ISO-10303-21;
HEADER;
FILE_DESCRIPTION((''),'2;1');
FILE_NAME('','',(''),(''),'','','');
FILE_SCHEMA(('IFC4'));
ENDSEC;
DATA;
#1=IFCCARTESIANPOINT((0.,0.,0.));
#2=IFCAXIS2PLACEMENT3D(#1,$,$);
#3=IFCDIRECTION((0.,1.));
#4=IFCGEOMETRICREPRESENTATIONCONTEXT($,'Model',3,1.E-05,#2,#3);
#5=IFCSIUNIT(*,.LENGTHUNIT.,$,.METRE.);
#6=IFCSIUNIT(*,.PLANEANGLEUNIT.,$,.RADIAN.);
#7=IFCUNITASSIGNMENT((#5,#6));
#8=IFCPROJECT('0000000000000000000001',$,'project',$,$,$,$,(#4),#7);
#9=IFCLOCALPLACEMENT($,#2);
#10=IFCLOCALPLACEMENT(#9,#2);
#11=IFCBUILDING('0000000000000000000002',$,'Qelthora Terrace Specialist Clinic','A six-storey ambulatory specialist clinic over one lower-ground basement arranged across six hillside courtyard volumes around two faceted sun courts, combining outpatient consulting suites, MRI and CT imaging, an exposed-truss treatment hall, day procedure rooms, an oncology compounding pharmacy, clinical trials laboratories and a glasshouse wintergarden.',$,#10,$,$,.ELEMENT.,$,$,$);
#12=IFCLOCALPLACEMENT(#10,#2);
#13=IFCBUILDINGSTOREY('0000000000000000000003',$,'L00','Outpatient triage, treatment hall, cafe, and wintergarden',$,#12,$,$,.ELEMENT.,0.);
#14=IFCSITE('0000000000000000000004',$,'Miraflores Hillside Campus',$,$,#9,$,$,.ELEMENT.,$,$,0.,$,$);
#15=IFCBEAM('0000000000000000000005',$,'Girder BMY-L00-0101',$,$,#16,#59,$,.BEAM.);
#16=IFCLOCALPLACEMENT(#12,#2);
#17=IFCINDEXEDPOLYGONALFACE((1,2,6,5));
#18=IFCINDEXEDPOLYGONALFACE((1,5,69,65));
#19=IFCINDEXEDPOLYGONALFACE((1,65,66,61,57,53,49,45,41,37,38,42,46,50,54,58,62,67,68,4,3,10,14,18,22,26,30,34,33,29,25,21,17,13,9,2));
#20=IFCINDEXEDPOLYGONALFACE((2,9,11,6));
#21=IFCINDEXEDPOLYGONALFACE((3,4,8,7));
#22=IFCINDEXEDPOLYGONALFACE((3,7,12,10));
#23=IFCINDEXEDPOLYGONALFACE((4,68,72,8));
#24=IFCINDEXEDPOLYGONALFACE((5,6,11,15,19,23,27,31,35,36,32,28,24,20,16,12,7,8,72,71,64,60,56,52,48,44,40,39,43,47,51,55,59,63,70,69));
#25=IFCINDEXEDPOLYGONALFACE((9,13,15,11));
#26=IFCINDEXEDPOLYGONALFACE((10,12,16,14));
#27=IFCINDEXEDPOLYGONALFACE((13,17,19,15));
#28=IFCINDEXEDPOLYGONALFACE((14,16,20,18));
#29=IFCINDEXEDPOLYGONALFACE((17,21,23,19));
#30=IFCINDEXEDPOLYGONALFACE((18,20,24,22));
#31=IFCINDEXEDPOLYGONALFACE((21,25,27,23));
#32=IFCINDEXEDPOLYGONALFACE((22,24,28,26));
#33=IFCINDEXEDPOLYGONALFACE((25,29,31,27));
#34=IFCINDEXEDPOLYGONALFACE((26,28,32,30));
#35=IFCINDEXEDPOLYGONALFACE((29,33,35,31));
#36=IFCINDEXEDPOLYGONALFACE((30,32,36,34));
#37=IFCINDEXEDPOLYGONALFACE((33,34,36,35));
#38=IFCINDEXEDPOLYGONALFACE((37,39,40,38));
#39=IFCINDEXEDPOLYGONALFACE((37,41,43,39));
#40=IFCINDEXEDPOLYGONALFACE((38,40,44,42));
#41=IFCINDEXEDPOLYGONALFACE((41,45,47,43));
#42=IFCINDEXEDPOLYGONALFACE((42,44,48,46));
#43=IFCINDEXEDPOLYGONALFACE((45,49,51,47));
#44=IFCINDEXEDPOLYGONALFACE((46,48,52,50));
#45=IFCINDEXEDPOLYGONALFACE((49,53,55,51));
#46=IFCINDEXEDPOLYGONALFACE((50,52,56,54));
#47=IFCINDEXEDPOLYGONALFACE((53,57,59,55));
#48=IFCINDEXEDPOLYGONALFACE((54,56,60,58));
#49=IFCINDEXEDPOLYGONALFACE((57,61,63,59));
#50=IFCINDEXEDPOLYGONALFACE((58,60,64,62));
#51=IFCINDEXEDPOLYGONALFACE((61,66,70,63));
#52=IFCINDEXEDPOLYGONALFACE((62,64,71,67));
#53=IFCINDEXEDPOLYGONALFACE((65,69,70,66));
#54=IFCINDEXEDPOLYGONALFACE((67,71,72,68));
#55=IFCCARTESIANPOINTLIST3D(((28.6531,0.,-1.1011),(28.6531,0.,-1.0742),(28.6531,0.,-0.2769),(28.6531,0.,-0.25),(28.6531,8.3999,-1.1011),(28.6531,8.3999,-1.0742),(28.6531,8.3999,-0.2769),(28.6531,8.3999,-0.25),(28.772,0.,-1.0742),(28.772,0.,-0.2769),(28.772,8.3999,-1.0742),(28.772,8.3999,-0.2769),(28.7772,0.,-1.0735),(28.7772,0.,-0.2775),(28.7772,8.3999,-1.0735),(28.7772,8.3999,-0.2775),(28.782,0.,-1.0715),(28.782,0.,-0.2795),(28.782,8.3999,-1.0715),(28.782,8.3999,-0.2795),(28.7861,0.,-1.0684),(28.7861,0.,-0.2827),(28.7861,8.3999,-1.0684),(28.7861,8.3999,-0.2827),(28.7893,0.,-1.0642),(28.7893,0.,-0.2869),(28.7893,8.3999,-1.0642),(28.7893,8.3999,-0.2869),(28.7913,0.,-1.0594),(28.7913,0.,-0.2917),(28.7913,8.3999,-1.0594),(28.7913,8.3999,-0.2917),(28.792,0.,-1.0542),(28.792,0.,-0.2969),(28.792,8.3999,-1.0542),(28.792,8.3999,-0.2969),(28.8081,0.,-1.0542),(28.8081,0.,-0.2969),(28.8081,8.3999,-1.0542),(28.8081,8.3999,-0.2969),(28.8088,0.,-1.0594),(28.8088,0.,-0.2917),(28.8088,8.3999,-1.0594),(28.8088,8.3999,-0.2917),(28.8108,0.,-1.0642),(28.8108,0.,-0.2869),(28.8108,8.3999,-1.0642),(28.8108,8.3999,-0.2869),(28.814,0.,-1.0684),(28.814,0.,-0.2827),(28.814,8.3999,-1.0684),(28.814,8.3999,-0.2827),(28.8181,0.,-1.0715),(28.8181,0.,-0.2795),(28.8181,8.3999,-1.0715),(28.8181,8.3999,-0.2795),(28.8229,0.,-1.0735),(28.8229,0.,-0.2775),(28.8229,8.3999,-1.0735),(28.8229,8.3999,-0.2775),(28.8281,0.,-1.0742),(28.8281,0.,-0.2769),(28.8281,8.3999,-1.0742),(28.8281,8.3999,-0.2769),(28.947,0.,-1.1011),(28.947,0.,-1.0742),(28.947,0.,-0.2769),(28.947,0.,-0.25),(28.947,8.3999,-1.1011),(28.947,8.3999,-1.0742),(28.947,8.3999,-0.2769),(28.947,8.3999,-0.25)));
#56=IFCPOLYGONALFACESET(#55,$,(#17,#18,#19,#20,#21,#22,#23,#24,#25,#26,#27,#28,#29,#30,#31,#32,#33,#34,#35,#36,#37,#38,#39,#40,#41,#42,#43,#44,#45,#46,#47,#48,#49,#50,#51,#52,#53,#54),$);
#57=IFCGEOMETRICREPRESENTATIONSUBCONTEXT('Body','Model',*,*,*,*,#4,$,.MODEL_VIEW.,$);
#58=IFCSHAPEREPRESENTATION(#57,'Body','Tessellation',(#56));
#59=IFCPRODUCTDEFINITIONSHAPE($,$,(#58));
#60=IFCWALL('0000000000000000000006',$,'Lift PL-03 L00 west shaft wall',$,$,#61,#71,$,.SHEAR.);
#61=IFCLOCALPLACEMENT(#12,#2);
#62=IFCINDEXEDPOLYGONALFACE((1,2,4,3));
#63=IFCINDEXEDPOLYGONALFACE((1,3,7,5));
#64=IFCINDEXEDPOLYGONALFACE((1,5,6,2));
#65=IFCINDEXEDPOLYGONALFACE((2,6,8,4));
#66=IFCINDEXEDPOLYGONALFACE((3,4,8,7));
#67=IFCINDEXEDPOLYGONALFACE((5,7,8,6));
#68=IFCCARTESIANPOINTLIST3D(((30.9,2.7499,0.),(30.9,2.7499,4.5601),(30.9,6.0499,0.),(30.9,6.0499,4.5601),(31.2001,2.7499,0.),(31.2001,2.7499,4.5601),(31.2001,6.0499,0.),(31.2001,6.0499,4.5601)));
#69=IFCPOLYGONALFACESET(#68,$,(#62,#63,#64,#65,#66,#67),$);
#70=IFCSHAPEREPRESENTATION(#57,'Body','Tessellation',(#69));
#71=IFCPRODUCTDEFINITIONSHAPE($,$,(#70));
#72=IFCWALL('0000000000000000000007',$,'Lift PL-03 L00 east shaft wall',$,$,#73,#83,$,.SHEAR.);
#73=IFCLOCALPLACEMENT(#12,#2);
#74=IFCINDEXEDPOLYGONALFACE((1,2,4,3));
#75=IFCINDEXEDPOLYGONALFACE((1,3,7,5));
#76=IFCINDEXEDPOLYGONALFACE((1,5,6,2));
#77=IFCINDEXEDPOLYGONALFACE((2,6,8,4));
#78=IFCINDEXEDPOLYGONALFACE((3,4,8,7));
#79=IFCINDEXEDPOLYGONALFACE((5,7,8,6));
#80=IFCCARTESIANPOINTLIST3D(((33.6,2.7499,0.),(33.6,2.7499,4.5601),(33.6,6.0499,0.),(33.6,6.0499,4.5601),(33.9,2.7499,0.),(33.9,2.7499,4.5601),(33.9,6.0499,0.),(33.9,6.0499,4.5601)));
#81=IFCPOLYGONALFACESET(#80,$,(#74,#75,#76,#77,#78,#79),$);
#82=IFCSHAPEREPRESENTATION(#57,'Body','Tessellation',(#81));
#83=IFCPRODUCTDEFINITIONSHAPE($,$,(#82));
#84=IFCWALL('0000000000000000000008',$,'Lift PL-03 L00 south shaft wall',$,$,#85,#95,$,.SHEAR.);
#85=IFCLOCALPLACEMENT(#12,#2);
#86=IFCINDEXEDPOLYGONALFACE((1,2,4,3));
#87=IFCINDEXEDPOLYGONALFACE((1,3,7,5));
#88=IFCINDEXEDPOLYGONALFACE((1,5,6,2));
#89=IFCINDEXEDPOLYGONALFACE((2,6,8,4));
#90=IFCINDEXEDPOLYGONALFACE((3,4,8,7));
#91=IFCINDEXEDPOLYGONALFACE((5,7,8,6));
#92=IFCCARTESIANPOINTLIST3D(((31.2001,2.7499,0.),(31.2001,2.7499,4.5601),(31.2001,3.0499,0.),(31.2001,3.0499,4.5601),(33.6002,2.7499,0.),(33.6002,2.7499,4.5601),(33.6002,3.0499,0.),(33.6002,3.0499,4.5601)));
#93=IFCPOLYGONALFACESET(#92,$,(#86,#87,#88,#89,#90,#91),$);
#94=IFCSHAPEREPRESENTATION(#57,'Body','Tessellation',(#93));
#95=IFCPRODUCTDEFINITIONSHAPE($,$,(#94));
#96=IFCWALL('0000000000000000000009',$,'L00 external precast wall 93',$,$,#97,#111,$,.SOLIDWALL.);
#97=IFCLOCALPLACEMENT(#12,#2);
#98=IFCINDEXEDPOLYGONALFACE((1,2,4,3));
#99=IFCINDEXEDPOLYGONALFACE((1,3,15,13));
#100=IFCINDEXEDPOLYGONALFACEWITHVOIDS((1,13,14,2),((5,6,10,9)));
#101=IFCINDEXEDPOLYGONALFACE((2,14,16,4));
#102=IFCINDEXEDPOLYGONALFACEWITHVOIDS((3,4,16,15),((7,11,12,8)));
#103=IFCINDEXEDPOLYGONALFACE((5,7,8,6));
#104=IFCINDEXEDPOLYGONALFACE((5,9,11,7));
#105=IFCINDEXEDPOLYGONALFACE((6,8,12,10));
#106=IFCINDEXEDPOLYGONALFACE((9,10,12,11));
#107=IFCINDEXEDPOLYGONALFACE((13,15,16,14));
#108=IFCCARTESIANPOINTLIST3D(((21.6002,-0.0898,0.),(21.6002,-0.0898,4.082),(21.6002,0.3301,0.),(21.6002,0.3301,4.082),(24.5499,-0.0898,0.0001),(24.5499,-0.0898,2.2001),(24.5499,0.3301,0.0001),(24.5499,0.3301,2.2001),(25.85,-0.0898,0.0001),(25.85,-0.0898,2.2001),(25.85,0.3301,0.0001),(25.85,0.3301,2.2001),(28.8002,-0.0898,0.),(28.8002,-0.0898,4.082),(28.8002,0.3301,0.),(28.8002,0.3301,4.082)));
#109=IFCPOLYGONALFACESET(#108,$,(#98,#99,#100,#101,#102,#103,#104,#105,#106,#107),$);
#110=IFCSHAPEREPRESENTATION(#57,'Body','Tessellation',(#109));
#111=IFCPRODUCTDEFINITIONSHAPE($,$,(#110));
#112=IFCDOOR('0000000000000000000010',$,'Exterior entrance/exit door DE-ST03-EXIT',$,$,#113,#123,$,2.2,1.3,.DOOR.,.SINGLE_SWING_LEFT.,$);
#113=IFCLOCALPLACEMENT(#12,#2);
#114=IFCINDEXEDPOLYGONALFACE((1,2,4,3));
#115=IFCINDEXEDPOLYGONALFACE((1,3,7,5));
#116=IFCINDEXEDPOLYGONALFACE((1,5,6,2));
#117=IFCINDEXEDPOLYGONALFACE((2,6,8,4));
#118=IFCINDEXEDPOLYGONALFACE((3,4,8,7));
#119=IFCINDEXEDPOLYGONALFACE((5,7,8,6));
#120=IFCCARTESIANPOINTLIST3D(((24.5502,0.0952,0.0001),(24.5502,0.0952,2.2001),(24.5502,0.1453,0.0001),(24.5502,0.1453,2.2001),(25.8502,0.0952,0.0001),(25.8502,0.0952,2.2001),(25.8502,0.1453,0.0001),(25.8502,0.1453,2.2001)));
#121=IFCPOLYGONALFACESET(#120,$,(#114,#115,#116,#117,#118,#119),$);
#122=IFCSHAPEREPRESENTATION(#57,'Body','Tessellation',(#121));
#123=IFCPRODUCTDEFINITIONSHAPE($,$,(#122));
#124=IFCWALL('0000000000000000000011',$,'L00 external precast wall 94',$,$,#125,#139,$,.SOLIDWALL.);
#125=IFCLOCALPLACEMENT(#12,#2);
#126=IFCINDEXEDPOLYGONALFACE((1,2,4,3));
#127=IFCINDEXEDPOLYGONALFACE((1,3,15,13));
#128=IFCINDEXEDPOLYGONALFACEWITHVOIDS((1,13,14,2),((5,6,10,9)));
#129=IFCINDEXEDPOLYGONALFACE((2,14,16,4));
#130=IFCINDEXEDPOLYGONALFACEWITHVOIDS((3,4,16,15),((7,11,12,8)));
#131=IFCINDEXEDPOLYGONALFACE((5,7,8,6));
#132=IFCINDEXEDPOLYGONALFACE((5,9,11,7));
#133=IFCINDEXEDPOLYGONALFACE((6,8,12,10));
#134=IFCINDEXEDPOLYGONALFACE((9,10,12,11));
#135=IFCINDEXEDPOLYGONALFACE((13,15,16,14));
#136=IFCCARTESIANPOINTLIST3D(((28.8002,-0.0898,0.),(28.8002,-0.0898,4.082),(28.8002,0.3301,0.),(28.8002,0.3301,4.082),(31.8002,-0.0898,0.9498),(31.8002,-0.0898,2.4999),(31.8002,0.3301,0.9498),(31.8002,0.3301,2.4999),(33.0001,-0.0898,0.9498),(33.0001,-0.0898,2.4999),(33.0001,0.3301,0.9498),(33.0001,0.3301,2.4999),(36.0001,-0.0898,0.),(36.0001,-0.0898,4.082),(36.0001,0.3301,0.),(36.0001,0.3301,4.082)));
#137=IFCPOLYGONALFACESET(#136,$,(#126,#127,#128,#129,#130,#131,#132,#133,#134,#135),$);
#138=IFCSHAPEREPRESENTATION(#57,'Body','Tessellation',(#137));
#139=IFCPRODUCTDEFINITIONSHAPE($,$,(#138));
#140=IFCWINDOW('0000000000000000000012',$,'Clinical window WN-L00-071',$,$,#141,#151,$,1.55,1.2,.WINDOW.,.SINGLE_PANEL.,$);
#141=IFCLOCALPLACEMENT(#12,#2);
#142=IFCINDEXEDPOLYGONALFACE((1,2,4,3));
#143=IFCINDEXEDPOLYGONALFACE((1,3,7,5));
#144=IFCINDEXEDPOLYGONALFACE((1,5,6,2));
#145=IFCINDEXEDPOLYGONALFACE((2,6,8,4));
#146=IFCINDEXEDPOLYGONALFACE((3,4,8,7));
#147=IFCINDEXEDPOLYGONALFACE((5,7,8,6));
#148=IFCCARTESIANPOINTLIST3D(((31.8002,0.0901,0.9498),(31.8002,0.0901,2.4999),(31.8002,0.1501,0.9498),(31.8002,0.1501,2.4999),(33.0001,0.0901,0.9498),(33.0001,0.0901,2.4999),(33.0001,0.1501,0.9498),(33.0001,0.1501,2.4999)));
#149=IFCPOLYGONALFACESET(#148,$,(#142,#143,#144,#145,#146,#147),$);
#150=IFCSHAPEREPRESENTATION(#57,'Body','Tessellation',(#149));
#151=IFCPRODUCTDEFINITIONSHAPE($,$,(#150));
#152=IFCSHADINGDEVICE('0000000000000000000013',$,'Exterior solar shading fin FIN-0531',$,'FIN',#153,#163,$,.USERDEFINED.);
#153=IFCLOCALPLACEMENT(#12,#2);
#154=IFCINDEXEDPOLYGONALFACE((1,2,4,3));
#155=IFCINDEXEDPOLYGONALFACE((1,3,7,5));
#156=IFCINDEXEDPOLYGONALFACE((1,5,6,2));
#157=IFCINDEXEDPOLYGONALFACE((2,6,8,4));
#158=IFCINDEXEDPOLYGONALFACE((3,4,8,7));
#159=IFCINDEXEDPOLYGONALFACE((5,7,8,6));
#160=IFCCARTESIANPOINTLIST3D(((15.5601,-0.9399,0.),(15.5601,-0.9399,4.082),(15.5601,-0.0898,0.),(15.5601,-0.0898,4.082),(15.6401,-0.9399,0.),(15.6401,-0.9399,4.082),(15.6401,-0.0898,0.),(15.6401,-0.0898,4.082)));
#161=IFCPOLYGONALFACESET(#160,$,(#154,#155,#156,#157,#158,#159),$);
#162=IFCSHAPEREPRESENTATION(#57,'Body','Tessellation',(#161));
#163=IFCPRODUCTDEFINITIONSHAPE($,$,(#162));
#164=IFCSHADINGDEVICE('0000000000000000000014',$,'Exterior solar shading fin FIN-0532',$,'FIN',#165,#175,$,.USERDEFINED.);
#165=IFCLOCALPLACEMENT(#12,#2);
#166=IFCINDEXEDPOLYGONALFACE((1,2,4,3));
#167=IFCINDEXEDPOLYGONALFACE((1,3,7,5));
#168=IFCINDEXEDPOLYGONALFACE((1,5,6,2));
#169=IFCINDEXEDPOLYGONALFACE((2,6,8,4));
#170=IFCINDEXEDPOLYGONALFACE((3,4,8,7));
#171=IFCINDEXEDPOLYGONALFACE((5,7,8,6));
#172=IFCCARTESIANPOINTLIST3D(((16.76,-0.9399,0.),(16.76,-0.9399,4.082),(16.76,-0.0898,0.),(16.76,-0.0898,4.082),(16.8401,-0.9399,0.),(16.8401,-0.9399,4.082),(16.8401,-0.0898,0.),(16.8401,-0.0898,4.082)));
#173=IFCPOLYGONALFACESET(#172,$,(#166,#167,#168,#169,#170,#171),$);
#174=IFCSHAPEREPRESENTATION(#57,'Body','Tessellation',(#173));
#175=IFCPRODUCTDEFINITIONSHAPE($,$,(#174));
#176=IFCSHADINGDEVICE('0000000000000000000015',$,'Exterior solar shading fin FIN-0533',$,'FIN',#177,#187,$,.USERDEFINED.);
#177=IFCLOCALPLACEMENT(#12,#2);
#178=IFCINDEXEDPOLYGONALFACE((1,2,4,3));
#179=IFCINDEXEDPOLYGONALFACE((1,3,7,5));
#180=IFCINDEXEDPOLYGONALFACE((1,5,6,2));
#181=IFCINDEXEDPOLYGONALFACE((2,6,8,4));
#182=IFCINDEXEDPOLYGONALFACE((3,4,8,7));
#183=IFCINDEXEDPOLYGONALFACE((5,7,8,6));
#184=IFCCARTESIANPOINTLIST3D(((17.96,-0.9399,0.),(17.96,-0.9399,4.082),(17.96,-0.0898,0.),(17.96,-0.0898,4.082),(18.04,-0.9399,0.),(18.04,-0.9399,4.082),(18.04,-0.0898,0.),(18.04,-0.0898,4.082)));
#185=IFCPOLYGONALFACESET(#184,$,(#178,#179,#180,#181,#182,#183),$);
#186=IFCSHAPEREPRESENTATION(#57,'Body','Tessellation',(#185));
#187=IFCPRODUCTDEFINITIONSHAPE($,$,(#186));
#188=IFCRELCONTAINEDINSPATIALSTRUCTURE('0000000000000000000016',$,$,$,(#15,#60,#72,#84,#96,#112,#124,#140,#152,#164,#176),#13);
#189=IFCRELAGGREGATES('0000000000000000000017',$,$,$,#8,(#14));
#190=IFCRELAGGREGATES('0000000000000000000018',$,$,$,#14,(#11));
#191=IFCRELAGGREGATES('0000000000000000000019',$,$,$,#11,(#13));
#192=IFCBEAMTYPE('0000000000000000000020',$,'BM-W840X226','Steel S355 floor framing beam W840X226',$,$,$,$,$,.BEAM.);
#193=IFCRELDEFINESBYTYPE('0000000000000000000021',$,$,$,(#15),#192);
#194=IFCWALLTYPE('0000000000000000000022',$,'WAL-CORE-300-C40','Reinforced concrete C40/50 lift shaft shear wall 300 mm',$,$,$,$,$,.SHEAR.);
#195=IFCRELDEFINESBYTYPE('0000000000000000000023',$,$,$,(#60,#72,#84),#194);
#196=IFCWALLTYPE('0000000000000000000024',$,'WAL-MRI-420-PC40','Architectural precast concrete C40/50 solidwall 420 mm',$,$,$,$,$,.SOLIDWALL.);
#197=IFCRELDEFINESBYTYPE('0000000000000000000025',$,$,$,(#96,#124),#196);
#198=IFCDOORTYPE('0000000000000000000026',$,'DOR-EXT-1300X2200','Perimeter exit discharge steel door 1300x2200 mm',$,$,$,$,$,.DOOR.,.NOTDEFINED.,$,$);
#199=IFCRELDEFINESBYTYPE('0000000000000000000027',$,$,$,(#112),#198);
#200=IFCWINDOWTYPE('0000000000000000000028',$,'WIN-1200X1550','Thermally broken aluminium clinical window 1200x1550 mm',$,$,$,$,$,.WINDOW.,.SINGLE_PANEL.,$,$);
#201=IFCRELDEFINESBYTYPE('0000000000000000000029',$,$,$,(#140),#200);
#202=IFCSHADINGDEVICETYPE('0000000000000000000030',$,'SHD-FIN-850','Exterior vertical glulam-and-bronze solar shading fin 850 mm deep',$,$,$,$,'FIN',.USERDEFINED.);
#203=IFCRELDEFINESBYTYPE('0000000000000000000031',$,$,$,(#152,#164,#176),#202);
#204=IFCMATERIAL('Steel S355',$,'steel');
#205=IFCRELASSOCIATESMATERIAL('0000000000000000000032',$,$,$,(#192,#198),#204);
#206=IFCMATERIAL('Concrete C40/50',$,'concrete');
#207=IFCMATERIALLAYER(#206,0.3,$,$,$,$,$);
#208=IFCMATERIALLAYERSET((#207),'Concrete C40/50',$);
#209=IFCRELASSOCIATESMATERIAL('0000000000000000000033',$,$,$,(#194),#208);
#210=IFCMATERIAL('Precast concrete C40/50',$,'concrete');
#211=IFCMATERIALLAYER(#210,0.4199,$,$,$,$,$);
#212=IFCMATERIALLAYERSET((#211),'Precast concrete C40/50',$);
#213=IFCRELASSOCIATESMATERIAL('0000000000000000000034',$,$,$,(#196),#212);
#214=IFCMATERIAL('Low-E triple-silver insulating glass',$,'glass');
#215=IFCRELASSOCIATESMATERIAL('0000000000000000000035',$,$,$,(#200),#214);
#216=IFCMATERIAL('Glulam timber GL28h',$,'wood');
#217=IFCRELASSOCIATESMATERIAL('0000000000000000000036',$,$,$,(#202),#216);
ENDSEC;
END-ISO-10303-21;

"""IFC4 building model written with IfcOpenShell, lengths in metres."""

from ifc_helpers import new_model, si_unit, direction, frame, frame_2d, origin, origin_2d, place, context, subcontext, project, spatial, rectangle, i_section, extrude, material, layer, layer_set, material_profile, profile_set, type_object, element, fill, save


model = new_model("IFC4")

# Units and contexts
model_context = context("Model", 3, precision=1e-05, world=origin(), true_north=direction((0.0, 1.0)))
body_context = subcontext(model_context, "Body", "Model", "MODEL_VIEW")
ifc_project = project(units=[si_unit("LENGTHUNIT", "METRE"), si_unit("PLANEANGLEUNIT", "RADIAN")], contexts=[model_context])

# Site, building, storey
site_placement = place(None, origin())
site = spatial("IfcSite", under=ifc_project, at=site_placement, Name="Miraflores Hillside Campus", CompositionType="ELEMENT", RefElevation=0.0)
building_placement = place(site_placement, origin())
building = spatial("IfcBuilding", under=site, at=building_placement, Name="Qelthora Terrace Specialist Clinic", Description="A six-storey ambulatory specialist clinic over one lower-ground basement arranged across six hillside courtyard volumes around two faceted sun courts, combining outpatient consulting suites, MRI and CT imaging, an exposed-truss treatment hall, day procedure rooms, an oncology compounding pharmacy, clinical trials laboratories and a glasshouse wintergarden.", CompositionType="ELEMENT")
storey_placement = place(building_placement, origin())
storey = spatial("IfcBuildingStorey", under=building, at=storey_placement, Name="L00", Description="Outpatient triage, treatment hall, cafe, and wintergarden", CompositionType="ELEMENT", Elevation=0.0)

# Shared definitions
ifc_material_1 = material(Name="Steel S355", Category="steel")

# Beam
ifc_material_profile_1 = material_profile(ifc_material_1, i_section(OverallWidth=0.2939, OverallDepth=0.8511, WebThickness=0.0161, FlangeThickness=0.0269, FilletRadius=0.02, at=origin_2d()), Name="W840X226")
ifc_profile_set_1 = profile_set([ifc_material_profile_1], Name="Steel S355")
beam_type_1 = type_object("IfcBeamType", Name="BM-W840X226", Description="Steel S355 floor framing beam W840X226", PredefinedType="BEAM", material=ifc_profile_set_1)
beam_1_placement = place(storey_placement, frame((28.8, 0.0, -0.6755), z_axis=(0.0, 1.0, 0.0), x_axis=(-1.0, 0.0, 0.0)))
element("IfcBeam", 1, at=beam_1_placement, inside=storey, type_object=beam_type_1, Name="Girder BMY-L00-0101", PredefinedType="BEAM", context=body_context, shape_type="SweptSolid", body=[
    extrude(i_section(OverallWidth=0.2939, OverallDepth=0.8511, WebThickness=0.0161, FlangeThickness=0.0269, FilletRadius=0.02, at=origin_2d()), origin(), (0.0, 0.0, 1.0), 8.3999),
])

# Walls
ifc_material_2 = material(Name="Concrete C40/50", Category="concrete")
ifc_layer_1 = layer(ifc_material_2, 0.3)
ifc_layer_set_1 = layer_set([ifc_layer_1], Name="Concrete C40/50")
wall_type_1 = type_object("IfcWallType", Name="WAL-CORE-300-C40", Description="Reinforced concrete C40/50 lift shaft shear wall 300 mm", PredefinedType="SHEAR", material=ifc_layer_set_1)
for number, where, z_axis, x_axis, name in (
    (2, (31.05, 2.75, 0.0), (0.0, 0.0, 1.0), (0.0, 1.0, 0.0), "Lift PL-03 L00 west shaft wall"),
    (3, (33.75, 2.75, 0.0), (0.0, 0.0, 1.0), (0.0, 1.0, 0.0), "Lift PL-03 L00 east shaft wall"),
):
    element("IfcWall", number, at=place(storey_placement, frame(where, z_axis=z_axis, x_axis=x_axis)), inside=storey, type_object=wall_type_1, Name=name, PredefinedType="SHEAR", context=body_context, shape_type="SweptSolid", body=[
        extrude(rectangle(XDim=3.3, YDim=0.3, at=frame_2d((1.6499, 0.0))), origin(), (0.0, 0.0, 1.0), 4.5601),
    ])

# Wall
wall_1_placement = place(storey_placement, frame((31.2, 2.8999, 0.0), z_axis=(0.0, 0.0, 1.0), x_axis=(1.0, 0.0, 0.0)))
element("IfcWall", 4, at=wall_1_placement, inside=storey, type_object=wall_type_1, Name="Lift PL-03 L00 south shaft wall", PredefinedType="SHEAR", context=body_context, shape_type="SweptSolid", body=[
    extrude(rectangle(XDim=2.4001, YDim=0.3, at=frame_2d((1.2002, 0.0))), origin(), (0.0, 0.0, 1.0), 4.5601),
])

# Wall, opening, door
ifc_material_3 = material(Name="Precast concrete C40/50", Category="concrete")
ifc_layer_2 = layer(ifc_material_3, 0.4199)
ifc_layer_set_2 = layer_set([ifc_layer_2], Name="Precast concrete C40/50")
wall_type_2 = type_object("IfcWallType", Name="WAL-MRI-420-PC40", Description="Architectural precast concrete C40/50 solidwall 420 mm", PredefinedType="SOLIDWALL", material=ifc_layer_set_2)
wall_2_placement = place(storey_placement, frame((21.6001, 0.1201, 0.0), z_axis=(0.0, 0.0, 1.0), x_axis=(1.0, 0.0, 0.0)))
wall_2 = element("IfcWall", 5, at=wall_2_placement, inside=storey, type_object=wall_type_2, Name="L00 external precast wall 93", PredefinedType="SOLIDWALL", context=body_context, shape_type="SweptSolid", body=[
    extrude(rectangle(XDim=7.2, YDim=0.4199, at=frame_2d((3.6001, 0.0))), origin(), (0.0, 0.0, 1.0), 4.082),
])
opening_1_placement = place(wall_2_placement, frame((2.95, 0.0, 0.0)))
opening_1 = element("IfcOpeningElement", 6, at=opening_1_placement, cuts=wall_2, PredefinedType="OPENING", context=body_context, shape_type="SweptSolid", body=[
    extrude(rectangle(XDim=1.3, YDim=2.2, at=frame_2d((0.6499, 1.1001))), frame((0.0, 0.22, 0.0), z_axis=(0.0, -1.0, 0.0), x_axis=(1.0, 0.0, 0.0)), (0.0, 0.0, 1.0), 0.4399),
])
door_type_1 = type_object("IfcDoorType", Name="DOR-EXT-1300X2200", Description="Perimeter exit discharge steel door 1300x2200 mm", OperationType="NOTDEFINED", PredefinedType="DOOR", material=ifc_material_1)
door_1_placement = place(opening_1_placement, frame((1.3, 0.0, 0.0), z_axis=(0.0, 0.0, 1.0), x_axis=(-1.0, 0.0, 0.0)))
door_1 = element("IfcDoor", 7, at=door_1_placement, inside=storey, type_object=door_type_1, Name="Exterior entrance/exit door DE-ST03-EXIT", OperationType="SINGLE_SWING_LEFT", OverallHeight=2.2, OverallWidth=1.3, PredefinedType="DOOR", context=body_context, shape_type="SweptSolid", body=[
    extrude(rectangle(XDim=1.3, YDim=2.2, at=frame_2d((0.6499, 1.1001))), frame((0.0, 0.0249, 0.0), z_axis=(0.0, -1.0, 0.0), x_axis=(1.0, 0.0, 0.0)), (0.0, 0.0, 1.0), 0.05),
])
fill(opening_1, door_1)

# Wall, opening, window
wall_3_placement = place(storey_placement, frame((28.8, 0.1201, 0.0), z_axis=(0.0, 0.0, 1.0), x_axis=(1.0, 0.0, 0.0)))
wall_3 = element("IfcWall", 8, at=wall_3_placement, inside=storey, type_object=wall_type_2, Name="L00 external precast wall 94", PredefinedType="SOLIDWALL", context=body_context, shape_type="SweptSolid", body=[
    extrude(rectangle(XDim=7.2, YDim=0.4199, at=frame_2d((3.6001, 0.0))), origin(), (0.0, 0.0, 1.0), 4.082),
])
opening_2_placement = place(wall_3_placement, frame((3.0, 0.0, 0.95)))
opening_2 = element("IfcOpeningElement", 9, at=opening_2_placement, cuts=wall_3, PredefinedType="OPENING", context=body_context, shape_type="SweptSolid", body=[
    extrude(rectangle(XDim=1.2, YDim=1.55, at=frame_2d((0.6001, 0.7749))), frame((0.0, 0.22, 0.0), z_axis=(0.0, -1.0, 0.0), x_axis=(1.0, 0.0, 0.0)), (0.0, 0.0, 1.0), 0.4399),
])
ifc_material_4 = material(Name="Low-E triple-silver insulating glass", Category="glass")
window_type = type_object("IfcWindowType", Name="WIN-1200X1550", Description="Thermally broken aluminium clinical window 1200x1550 mm", PartitioningType="SINGLE_PANEL", PredefinedType="WINDOW", material=ifc_material_4)
window_placement = place(opening_2_placement, origin())
window = element("IfcWindow", 10, at=window_placement, inside=storey, type_object=window_type, Name="Clinical window WN-L00-071", OverallHeight=1.55, OverallWidth=1.2, PartitioningType="SINGLE_PANEL", PredefinedType="WINDOW", context=body_context, shape_type="SweptSolid", body=[
    extrude(rectangle(XDim=1.2, YDim=1.55, at=frame_2d((0.6001, 0.7749))), frame((0.0, 0.03, 0.0), z_axis=(0.0, -1.0, 0.0), x_axis=(1.0, 0.0, 0.0)), (0.0, 0.0, 1.0), 0.0601),
])
fill(opening_2, window)

# Shading devices
ifc_material_5 = material(Name="Glulam timber GL28h", Category="wood")
shading_device_type = type_object("IfcShadingDeviceType", Name="SHD-FIN-850", Description="Exterior vertical glulam-and-bronze solar shading fin 850 mm deep", ElementType="FIN", PredefinedType="USERDEFINED", material=ifc_material_5)
for number, where, z_axis, x_axis, name in (
    (11, (15.6001, -0.5149, 0.0), (0.0, 0.0, 1.0), (0.0, -1.0, 0.0), "Exterior solar shading fin FIN-0531"),
    (12, (16.8, -0.5149, 0.0), (0.0, 0.0, 1.0), (0.0, -1.0, 0.0), "Exterior solar shading fin FIN-0532"),
    (13, (18.0, -0.5149, 0.0), (0.0, 0.0, 1.0), (0.0, -1.0, 0.0), "Exterior solar shading fin FIN-0533"),
):
    element("IfcShadingDevice", number, at=place(storey_placement, frame(where, z_axis=z_axis, x_axis=x_axis)), inside=storey, type_object=shading_device_type, Name=name, ObjectType="FIN", PredefinedType="USERDEFINED", context=body_context, shape_type="SweptSolid", body=[
        extrude(rectangle(XDim=0.8501, YDim=0.0801, at=origin_2d()), origin(), (0.0, 0.0, 1.0), 4.082),
    ])

save(model, "model.ifc")
